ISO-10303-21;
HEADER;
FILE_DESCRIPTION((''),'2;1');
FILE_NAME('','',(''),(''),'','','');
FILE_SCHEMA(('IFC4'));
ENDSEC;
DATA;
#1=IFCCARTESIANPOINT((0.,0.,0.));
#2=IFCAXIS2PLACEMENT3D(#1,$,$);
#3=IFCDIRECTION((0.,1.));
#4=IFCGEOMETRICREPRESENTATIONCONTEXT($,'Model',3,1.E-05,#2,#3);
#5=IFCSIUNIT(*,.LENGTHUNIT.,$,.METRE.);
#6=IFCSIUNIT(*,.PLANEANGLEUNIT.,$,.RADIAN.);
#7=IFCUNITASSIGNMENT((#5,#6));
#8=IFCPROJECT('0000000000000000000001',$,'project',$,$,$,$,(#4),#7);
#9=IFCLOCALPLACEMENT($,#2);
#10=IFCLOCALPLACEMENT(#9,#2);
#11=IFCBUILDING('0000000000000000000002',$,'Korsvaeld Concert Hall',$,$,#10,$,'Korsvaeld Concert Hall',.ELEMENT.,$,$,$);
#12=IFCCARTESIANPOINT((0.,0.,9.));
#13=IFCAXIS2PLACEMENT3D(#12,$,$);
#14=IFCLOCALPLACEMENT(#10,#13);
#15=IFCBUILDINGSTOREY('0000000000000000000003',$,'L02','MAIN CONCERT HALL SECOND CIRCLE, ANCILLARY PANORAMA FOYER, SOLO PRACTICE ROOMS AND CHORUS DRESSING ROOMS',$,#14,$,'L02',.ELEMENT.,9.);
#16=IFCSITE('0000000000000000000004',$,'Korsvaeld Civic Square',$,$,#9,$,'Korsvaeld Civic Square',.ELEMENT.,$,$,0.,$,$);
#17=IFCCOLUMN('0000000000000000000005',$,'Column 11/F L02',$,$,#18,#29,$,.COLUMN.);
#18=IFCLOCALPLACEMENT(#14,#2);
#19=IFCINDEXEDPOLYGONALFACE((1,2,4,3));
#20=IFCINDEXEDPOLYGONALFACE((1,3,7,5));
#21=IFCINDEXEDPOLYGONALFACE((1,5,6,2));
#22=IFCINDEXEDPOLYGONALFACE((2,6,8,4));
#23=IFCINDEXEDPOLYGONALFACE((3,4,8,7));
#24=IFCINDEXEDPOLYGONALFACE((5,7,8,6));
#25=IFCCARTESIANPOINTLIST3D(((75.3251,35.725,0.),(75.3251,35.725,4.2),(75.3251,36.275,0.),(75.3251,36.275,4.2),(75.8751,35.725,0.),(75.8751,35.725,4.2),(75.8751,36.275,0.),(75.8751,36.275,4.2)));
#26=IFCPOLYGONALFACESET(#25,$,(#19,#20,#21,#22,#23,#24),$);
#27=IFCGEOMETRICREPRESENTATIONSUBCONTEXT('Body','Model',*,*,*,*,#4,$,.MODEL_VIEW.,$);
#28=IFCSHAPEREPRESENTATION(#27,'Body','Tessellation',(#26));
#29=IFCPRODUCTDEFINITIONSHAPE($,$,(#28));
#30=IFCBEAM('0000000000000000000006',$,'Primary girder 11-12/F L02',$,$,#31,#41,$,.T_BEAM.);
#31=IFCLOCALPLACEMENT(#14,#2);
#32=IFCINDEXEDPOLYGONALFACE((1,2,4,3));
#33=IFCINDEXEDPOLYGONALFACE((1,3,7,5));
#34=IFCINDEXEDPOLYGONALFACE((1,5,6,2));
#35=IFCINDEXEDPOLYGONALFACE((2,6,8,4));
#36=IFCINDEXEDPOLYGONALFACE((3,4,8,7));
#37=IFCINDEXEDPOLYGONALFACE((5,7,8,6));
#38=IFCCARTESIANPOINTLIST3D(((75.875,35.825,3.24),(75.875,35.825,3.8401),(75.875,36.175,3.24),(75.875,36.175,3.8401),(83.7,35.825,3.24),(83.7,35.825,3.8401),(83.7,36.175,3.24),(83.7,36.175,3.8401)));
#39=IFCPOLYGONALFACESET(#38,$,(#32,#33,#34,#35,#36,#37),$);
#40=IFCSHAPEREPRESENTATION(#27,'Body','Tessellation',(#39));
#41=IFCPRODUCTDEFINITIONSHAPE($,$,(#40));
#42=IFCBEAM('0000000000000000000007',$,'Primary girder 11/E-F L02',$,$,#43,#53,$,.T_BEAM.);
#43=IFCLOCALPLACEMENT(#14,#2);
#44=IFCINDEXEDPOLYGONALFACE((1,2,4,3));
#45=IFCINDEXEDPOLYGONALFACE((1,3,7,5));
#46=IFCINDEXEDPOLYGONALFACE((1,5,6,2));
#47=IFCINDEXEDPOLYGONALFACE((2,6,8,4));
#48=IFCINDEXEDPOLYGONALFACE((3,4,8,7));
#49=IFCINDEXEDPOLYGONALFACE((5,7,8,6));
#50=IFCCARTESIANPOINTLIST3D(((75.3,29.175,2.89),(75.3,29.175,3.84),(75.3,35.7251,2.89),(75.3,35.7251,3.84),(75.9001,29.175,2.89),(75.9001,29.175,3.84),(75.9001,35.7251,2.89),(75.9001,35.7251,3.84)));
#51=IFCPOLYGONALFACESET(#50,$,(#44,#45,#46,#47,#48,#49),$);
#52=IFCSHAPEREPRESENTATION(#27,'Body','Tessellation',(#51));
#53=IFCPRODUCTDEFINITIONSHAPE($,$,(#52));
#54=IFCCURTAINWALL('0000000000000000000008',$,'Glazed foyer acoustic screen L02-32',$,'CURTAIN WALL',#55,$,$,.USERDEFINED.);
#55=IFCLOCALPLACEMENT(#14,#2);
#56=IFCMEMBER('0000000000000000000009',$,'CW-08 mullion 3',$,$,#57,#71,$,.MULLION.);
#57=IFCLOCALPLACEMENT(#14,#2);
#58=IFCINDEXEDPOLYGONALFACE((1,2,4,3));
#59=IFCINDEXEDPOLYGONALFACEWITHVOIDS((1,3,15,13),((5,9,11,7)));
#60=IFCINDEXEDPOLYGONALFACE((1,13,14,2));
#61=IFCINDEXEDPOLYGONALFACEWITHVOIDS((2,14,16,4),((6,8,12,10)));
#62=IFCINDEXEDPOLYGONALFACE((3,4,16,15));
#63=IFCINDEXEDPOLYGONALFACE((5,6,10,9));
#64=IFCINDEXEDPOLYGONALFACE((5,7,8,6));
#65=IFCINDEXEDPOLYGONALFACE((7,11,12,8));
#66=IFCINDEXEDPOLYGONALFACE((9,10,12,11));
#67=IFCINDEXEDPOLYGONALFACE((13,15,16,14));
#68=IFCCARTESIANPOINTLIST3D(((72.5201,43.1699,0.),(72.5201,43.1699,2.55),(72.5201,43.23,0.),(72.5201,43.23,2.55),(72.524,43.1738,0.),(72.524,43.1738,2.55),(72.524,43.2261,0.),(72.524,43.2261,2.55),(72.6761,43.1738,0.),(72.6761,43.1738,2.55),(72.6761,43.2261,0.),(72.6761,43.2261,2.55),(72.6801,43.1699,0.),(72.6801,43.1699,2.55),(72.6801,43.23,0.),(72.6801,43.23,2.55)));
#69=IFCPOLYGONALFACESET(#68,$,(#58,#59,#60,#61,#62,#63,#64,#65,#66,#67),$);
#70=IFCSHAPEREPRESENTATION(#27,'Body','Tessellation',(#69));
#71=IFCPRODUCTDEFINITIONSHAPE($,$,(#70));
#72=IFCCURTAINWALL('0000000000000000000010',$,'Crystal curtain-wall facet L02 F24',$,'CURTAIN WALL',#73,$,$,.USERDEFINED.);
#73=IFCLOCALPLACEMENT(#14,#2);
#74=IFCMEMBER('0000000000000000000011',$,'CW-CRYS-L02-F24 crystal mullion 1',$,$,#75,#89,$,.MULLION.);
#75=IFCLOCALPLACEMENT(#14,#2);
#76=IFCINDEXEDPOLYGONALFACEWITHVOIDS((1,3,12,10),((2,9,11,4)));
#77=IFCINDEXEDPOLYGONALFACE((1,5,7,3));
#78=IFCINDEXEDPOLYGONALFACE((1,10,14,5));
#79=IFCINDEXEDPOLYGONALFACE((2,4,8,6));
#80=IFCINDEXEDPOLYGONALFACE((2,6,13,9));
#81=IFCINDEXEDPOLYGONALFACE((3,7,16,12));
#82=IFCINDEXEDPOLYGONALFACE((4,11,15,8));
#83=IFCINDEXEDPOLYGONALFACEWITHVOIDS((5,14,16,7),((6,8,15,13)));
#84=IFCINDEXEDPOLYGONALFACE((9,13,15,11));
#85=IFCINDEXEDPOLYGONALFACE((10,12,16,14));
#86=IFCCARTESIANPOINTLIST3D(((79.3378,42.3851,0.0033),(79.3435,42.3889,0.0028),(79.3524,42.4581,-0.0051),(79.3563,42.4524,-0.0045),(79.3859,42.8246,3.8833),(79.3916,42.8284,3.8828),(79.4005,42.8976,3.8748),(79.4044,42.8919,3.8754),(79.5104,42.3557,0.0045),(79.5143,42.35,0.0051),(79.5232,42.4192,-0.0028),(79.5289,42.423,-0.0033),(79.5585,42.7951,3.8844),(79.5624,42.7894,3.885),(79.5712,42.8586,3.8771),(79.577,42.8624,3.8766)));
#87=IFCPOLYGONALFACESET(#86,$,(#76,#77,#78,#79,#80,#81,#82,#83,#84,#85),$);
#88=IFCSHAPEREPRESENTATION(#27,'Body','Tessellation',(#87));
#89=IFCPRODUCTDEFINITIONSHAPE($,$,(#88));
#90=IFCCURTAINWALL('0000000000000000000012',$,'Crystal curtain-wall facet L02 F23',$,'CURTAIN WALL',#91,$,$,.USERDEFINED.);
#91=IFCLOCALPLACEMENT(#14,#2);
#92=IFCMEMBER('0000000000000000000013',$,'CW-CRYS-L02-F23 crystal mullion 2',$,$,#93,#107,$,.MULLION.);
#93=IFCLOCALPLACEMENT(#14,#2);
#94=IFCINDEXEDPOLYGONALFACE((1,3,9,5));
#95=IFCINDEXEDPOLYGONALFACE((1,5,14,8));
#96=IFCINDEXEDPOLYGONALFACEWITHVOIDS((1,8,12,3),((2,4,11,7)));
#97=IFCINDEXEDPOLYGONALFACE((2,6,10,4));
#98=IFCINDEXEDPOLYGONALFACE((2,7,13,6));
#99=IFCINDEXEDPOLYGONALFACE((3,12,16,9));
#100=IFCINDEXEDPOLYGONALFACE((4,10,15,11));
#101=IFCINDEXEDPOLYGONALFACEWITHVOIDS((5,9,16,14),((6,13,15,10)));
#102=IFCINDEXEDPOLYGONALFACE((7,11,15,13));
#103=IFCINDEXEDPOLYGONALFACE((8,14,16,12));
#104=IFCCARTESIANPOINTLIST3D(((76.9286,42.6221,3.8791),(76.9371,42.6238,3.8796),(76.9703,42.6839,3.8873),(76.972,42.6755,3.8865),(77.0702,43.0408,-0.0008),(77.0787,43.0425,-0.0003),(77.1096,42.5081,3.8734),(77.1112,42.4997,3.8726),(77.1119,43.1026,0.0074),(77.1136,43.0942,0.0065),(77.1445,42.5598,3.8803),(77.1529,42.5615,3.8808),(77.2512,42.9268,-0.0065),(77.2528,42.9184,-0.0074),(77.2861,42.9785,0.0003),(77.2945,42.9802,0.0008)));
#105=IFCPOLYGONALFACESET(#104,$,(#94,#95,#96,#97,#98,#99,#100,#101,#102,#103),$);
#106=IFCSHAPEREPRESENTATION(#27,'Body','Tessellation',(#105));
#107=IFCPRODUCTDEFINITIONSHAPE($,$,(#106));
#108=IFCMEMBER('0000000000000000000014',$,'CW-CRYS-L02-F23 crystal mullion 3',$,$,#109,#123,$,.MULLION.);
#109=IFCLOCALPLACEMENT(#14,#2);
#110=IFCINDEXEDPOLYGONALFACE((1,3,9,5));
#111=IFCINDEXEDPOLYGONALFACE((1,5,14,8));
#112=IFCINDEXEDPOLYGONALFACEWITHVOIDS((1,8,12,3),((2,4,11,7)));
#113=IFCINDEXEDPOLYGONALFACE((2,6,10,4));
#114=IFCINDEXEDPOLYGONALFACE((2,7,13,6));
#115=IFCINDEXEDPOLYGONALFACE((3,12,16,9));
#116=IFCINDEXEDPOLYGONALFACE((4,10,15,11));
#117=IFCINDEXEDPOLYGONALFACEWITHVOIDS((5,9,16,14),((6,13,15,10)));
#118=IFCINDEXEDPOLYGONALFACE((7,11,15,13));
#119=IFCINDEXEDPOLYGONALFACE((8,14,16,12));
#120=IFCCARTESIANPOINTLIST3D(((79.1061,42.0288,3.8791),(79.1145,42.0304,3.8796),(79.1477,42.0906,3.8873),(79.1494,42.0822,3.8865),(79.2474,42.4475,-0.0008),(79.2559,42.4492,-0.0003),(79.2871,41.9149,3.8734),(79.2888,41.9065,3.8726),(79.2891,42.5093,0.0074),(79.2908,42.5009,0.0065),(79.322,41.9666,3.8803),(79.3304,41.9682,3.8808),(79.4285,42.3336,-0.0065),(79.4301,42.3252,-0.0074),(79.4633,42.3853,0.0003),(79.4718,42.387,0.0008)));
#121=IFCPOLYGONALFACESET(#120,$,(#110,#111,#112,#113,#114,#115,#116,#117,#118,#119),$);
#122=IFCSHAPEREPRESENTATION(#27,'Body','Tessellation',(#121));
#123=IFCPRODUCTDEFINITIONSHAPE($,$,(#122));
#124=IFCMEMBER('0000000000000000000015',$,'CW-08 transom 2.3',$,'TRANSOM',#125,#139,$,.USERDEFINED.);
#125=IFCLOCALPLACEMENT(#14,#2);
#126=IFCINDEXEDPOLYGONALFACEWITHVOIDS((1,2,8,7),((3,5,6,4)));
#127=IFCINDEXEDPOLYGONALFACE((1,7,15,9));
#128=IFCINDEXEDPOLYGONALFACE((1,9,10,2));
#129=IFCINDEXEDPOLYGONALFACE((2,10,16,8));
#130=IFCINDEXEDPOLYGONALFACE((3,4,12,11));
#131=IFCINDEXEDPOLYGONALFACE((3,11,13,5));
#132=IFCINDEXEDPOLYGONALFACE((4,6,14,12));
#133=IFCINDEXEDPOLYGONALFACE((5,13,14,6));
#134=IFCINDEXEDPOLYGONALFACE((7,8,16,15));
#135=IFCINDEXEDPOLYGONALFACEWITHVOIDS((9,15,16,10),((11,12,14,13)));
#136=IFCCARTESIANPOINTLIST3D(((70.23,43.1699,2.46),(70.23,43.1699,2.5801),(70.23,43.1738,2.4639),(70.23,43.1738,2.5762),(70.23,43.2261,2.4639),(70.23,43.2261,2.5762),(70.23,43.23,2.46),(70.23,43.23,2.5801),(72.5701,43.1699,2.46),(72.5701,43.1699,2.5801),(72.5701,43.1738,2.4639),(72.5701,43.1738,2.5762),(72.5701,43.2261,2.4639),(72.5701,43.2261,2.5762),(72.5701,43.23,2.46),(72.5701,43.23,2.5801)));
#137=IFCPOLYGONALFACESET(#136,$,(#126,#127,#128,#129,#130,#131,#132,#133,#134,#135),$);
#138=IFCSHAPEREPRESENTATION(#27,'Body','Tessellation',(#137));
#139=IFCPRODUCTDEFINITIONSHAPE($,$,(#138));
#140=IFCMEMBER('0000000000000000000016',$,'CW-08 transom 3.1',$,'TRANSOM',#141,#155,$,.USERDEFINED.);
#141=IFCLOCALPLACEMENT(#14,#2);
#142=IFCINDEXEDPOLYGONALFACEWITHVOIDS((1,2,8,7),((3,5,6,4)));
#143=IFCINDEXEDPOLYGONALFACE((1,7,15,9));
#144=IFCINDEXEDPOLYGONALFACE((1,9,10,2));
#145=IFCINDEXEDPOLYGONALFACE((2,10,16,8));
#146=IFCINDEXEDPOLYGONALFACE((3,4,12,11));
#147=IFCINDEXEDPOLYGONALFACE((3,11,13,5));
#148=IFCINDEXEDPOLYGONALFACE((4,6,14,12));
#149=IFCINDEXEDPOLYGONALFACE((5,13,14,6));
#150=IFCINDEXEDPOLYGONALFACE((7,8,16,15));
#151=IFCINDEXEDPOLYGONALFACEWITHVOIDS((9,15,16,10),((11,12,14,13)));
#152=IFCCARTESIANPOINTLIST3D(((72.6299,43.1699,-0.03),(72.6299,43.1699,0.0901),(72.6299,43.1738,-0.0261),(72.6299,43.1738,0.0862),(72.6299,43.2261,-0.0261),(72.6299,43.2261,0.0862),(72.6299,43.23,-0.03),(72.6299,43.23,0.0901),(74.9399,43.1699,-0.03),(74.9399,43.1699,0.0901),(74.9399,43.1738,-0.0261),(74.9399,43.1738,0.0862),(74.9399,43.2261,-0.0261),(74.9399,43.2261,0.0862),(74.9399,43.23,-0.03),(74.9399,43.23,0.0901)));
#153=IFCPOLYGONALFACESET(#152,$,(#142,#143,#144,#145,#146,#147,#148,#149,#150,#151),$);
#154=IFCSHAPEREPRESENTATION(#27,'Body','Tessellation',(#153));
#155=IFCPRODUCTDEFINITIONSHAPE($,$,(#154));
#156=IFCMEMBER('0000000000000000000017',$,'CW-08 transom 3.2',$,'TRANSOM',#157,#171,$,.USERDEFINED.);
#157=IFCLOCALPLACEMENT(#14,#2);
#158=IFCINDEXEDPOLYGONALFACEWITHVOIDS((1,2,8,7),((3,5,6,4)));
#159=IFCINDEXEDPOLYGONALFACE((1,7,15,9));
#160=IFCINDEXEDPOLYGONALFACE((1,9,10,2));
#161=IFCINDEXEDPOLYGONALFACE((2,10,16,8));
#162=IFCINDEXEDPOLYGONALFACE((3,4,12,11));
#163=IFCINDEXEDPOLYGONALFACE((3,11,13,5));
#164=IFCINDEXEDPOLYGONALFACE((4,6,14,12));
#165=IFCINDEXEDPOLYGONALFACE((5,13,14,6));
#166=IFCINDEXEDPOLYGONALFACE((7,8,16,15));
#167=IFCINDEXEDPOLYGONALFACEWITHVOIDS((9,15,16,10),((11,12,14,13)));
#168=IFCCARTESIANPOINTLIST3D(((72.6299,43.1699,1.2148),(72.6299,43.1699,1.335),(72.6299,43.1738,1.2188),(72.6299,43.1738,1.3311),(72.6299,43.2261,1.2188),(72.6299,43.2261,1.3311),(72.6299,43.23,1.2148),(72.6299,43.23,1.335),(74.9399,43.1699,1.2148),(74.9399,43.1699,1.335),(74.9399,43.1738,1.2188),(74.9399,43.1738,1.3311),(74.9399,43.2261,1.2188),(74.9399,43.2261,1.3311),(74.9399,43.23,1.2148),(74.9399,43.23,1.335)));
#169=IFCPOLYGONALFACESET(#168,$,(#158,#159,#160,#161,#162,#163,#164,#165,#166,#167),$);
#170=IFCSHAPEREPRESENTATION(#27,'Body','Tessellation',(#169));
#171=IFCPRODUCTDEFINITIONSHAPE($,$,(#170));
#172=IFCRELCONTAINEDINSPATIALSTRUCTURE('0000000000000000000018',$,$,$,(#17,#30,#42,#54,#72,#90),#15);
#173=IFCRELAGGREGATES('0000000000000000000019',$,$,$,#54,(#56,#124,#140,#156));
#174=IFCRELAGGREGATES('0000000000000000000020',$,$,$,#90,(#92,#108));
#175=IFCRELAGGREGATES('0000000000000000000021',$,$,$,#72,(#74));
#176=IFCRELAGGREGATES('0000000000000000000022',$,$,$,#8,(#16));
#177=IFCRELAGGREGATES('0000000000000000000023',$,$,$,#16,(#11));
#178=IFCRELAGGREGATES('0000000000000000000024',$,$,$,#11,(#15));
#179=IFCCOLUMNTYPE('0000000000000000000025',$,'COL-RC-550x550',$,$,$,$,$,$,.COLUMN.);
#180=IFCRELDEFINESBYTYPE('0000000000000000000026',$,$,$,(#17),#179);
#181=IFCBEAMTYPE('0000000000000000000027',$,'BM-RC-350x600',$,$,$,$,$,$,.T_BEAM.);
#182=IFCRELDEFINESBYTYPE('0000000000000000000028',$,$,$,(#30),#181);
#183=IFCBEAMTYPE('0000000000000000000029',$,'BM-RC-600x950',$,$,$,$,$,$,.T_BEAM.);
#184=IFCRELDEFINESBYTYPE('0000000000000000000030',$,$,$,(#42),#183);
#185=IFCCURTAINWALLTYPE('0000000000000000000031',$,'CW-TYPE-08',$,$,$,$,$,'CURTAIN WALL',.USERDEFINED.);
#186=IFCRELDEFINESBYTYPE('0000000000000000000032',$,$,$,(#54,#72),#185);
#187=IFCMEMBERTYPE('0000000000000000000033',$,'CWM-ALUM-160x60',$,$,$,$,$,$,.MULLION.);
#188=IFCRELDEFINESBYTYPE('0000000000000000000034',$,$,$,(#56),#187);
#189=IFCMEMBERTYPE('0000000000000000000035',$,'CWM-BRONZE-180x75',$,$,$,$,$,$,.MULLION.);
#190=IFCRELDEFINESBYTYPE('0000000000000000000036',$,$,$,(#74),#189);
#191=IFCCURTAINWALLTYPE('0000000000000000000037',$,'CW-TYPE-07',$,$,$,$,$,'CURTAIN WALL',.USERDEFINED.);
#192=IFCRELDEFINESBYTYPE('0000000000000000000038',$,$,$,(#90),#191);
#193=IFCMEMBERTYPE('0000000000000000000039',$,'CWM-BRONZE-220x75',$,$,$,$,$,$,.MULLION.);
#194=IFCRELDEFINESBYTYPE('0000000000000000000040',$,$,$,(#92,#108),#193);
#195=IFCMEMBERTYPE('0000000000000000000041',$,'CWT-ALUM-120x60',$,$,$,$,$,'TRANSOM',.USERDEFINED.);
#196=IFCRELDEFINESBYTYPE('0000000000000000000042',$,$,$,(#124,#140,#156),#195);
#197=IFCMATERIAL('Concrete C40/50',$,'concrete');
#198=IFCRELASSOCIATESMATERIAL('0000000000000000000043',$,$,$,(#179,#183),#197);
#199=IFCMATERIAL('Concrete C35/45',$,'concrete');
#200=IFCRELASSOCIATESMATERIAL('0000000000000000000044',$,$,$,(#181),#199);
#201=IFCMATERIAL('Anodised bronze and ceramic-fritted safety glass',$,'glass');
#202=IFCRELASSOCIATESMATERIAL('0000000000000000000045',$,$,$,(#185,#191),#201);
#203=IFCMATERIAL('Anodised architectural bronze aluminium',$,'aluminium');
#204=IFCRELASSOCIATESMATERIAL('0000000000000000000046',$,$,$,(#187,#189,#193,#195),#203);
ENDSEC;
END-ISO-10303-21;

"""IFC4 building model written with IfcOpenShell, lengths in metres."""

from ifc_helpers import new_model, si_unit, direction, frame, origin, origin_2d, place, context, subcontext, project, spatial, rectangle, hollow_rectangle, extrude, material, material_profile, profile_set, type_object, element, aggregate, save


model = new_model("IFC4")

# Units and contexts
model_context = context("Model", 3, precision=1e-05, world=origin(), true_north=direction((0.0, 1.0)))
body_context = subcontext(model_context, "Body", "Model", "MODEL_VIEW")
ifc_project = project(units=[si_unit("LENGTHUNIT", "METRE"), si_unit("PLANEANGLEUNIT", "RADIAN")], contexts=[model_context])

# Site, building, storey
site_placement = place(None, origin())
site = spatial("IfcSite", under=ifc_project, at=site_placement, Name="Korsvaeld Civic Square", LongName="Korsvaeld Civic Square", CompositionType="ELEMENT", RefElevation=0.0)
building_placement = place(site_placement, origin())
building = spatial("IfcBuilding", under=site, at=building_placement, Name="Korsvaeld Concert Hall", LongName="Korsvaeld Concert Hall", CompositionType="ELEMENT")
storey_placement = place(building_placement, frame((0.0, 0.0, 9.0)))
storey = spatial("IfcBuildingStorey", under=building, at=storey_placement, Name="L02", Description="MAIN CONCERT HALL SECOND CIRCLE, ANCILLARY PANORAMA FOYER, SOLO PRACTICE ROOMS AND CHORUS DRESSING ROOMS", LongName="L02", CompositionType="ELEMENT", Elevation=9.0)

# Column
ifc_material_1 = material(Name="Concrete C40/50", Category="concrete")
ifc_material_profile_1 = material_profile(ifc_material_1, rectangle(XDim=0.55, YDim=0.55, at=origin_2d()), Name="RC 550x550")
ifc_profile_set_1 = profile_set([ifc_material_profile_1], Name="Concrete C40/50")
column_type = type_object("IfcColumnType", Name="COL-RC-550x550", PredefinedType="COLUMN", material=ifc_profile_set_1)
column_placement = place(storey_placement, frame((75.6001, 36.0, 0.0), z_axis=(0.0, 0.0, 1.0), x_axis=(1.0, 0.0, 0.0)))
element("IfcColumn", 1, at=column_placement, inside=storey, type_object=column_type, Name="Column 11/F L02", PredefinedType="COLUMN", context=body_context, shape_type="SweptSolid", body=[
    extrude(rectangle(XDim=0.55, YDim=0.55, at=origin_2d()), origin(), (0.0, 0.0, 1.0), 4.2),
])

# Beams
ifc_material_2 = material(Name="Concrete C35/45", Category="concrete")
ifc_material_profile_2 = material_profile(ifc_material_2, rectangle(XDim=0.3501, YDim=0.6001, at=origin_2d()), Name="RC 350x600")
ifc_profile_set_2 = profile_set([ifc_material_profile_2], Name="Concrete C35/45")
beam_type_1 = type_object("IfcBeamType", Name="BM-RC-350x600", PredefinedType="T_BEAM", material=ifc_profile_set_2)
beam_1_placement = place(storey_placement, frame((75.875, 36.0, 3.54), z_axis=(1.0, 0.0, 0.0), x_axis=(0.0, 1.0, 0.0)))
element("IfcBeam", 2, at=beam_1_placement, inside=storey, type_object=beam_type_1, Name="Primary girder 11-12/F L02", PredefinedType="T_BEAM", context=body_context, shape_type="SweptSolid", body=[
    extrude(rectangle(XDim=0.3501, YDim=0.6001, at=origin_2d()), origin(), (0.0, 0.0, 1.0), 7.825),
])
ifc_material_profile_3 = material_profile(ifc_material_1, rectangle(XDim=0.6001, YDim=0.95, at=origin_2d()), Name="RC 600x950")
ifc_profile_set_3 = profile_set([ifc_material_profile_3], Name="Concrete C40/50")
beam_type_2 = type_object("IfcBeamType", Name="BM-RC-600x950", PredefinedType="T_BEAM", material=ifc_profile_set_3)
beam_2_placement = place(storey_placement, frame((75.6001, 29.175, 3.365), z_axis=(0.0, 1.0, 0.0), x_axis=(-1.0, 0.0, 0.0)))
element("IfcBeam", 3, at=beam_2_placement, inside=storey, type_object=beam_type_2, Name="Primary girder 11/E-F L02", PredefinedType="T_BEAM", context=body_context, shape_type="SweptSolid", body=[
    extrude(rectangle(XDim=0.6001, YDim=0.95, at=origin_2d()), origin(), (0.0, 0.0, 1.0), 6.55),
])

# Curtain walls, members
ifc_material_3 = material(Name="Anodised bronze and ceramic-fritted safety glass", Category="glass")
curtain_wall_type_1 = type_object("IfcCurtainWallType", Name="CW-TYPE-08", ElementType="CURTAIN WALL", PredefinedType="USERDEFINED", material=ifc_material_3)
curtain_wall_1_placement = place(storey_placement, origin())
curtain_wall_1 = element("IfcCurtainWall", 4, at=curtain_wall_1_placement, inside=storey, type_object=curtain_wall_type_1, Name="Glazed foyer acoustic screen L02-32", ObjectType="CURTAIN WALL", PredefinedType="USERDEFINED")
ifc_material_4 = material(Name="Anodised architectural bronze aluminium", Category="aluminium")
ifc_material_profile_4 = material_profile(ifc_material_4, hollow_rectangle(XDim=0.0601, YDim=0.1599, WallThickness=0.0039, at=origin_2d()), Name="CWM 160x60x4")
ifc_profile_set_4 = profile_set([ifc_material_profile_4], Name="Anodised architectural bronze aluminium")
member_type_1 = type_object("IfcMemberType", Name="CWM-ALUM-160x60", PredefinedType="MULLION", material=ifc_profile_set_4)
member_1_placement = place(storey_placement, frame((72.6001, 43.2, 0.0), z_axis=(0.0, 0.0, 1.0), x_axis=(0.0, 1.0, 0.0)))
member_1 = element("IfcMember", 5, at=member_1_placement, type_object=member_type_1, Name="CW-08 mullion 3", PredefinedType="MULLION", context=body_context, shape_type="SweptSolid", body=[
    extrude(hollow_rectangle(XDim=0.0601, YDim=0.1599, WallThickness=0.0039, at=origin_2d()), origin(), (0.0, 0.0, 1.0), 2.55),
])
curtain_wall_2_placement = place(storey_placement, origin())
curtain_wall_2 = element("IfcCurtainWall", 6, at=curtain_wall_2_placement, inside=storey, type_object=curtain_wall_type_1, Name="Crystal curtain-wall facet L02 F24", ObjectType="CURTAIN WALL", PredefinedType="USERDEFINED")
ifc_material_profile_5 = material_profile(ifc_material_4, hollow_rectangle(XDim=0.075, YDim=0.1799, WallThickness=0.0049, at=origin_2d()), Name="CWM 180x75x5")
ifc_profile_set_5 = profile_set([ifc_material_profile_5], Name="Anodised architectural bronze aluminium")
member_type_2 = type_object("IfcMemberType", Name="CWM-BRONZE-180x75", PredefinedType="MULLION", material=ifc_profile_set_5)
member_2_placement = place(storey_placement, frame((79.4333, 42.4041, 0.0), z_axis=(0.012316, 0.112536, 0.993571), x_axis=(-0.195293, -0.97424, 0.112768)))
member_2 = element("IfcMember", 7, at=member_2_placement, type_object=member_type_2, Name="CW-CRYS-L02-F24 crystal mullion 1", PredefinedType="MULLION", context=body_context, shape_type="SweptSolid", body=[
    extrude(hollow_rectangle(XDim=0.075, YDim=0.1799, WallThickness=0.0049, at=origin_2d()), origin(), (0.0, 0.0, 1.0), 3.905),
])

# Curtain wall, members
curtain_wall_type_2 = type_object("IfcCurtainWallType", Name="CW-TYPE-07", ElementType="CURTAIN WALL", PredefinedType="USERDEFINED", material=ifc_material_3)
curtain_wall_3_placement = place(storey_placement, origin())
curtain_wall_3 = element("IfcCurtainWall", 8, at=curtain_wall_3_placement, inside=storey, type_object=curtain_wall_type_2, Name="Crystal curtain-wall facet L02 F23", ObjectType="CURTAIN WALL", PredefinedType="USERDEFINED")
ifc_material_profile_6 = material_profile(ifc_material_4, hollow_rectangle(XDim=0.075, YDim=0.22, WallThickness=0.0061, at=origin_2d()), Name="CWM 220x75x6")
ifc_profile_set_6 = profile_set([ifc_material_profile_6], Name="Anodised architectural bronze aluminium")
member_type_3 = type_object("IfcMemberType", Name="CWM-BRONZE-220x75", PredefinedType="MULLION", material=ifc_profile_set_6)
member_3_placement = place(storey_placement, frame((77.1824, 43.0105, 0.0), z_axis=(-0.036262, -0.107222, 0.993574), x_axis=(0.556164, 0.823866, 0.109206)))
member_3 = element("IfcMember", 9, at=member_3_placement, type_object=member_type_3, Name="CW-CRYS-L02-F23 crystal mullion 2", PredefinedType="MULLION", context=body_context, shape_type="SweptSolid", body=[
    extrude(hollow_rectangle(XDim=0.075, YDim=0.22, WallThickness=0.0061, at=origin_2d()), origin(), (0.0, 0.0, 1.0), 3.905),
])
member_4_placement = place(storey_placement, frame((79.3596, 42.4172, 0.0), z_axis=(-0.036199, -0.107223, 0.993576), x_axis=(0.555734, 0.824159, 0.109187)))
member_4 = element("IfcMember", 10, at=member_4_placement, type_object=member_type_3, Name="CW-CRYS-L02-F23 crystal mullion 3", PredefinedType="MULLION", context=body_context, shape_type="SweptSolid", body=[
    extrude(hollow_rectangle(XDim=0.075, YDim=0.22, WallThickness=0.0061, at=origin_2d()), origin(), (0.0, 0.0, 1.0), 3.905),
])

# Members
ifc_material_profile_7 = material_profile(ifc_material_4, hollow_rectangle(XDim=0.0601, YDim=0.1201, WallThickness=0.0039, at=origin_2d()), Name="CWT 120x60x4")
ifc_profile_set_7 = profile_set([ifc_material_profile_7], Name="Anodised architectural bronze aluminium")
member_type_4 = type_object("IfcMemberType", Name="CWT-ALUM-120x60", ElementType="TRANSOM", PredefinedType="USERDEFINED", material=ifc_profile_set_7)
member_5_placement = place(storey_placement, frame((70.23, 43.2, 2.52), z_axis=(1.0, 0.0, 0.0), x_axis=(0.0, 1.0, 0.0)))
member_5 = element("IfcMember", 11, at=member_5_placement, type_object=member_type_4, Name="CW-08 transom 2.3", ObjectType="TRANSOM", PredefinedType="USERDEFINED", context=body_context, shape_type="SweptSolid", body=[
    extrude(hollow_rectangle(XDim=0.0601, YDim=0.1201, WallThickness=0.0039, at=origin_2d()), origin(), (0.0, 0.0, 1.0), 2.3401),
])
member_6_placement = place(storey_placement, frame((72.6299, 43.2, 0.03), z_axis=(1.0, 0.0, 0.0), x_axis=(0.0, 1.0, 0.0)))
member_6 = element("IfcMember", 12, at=member_6_placement, type_object=member_type_4, Name="CW-08 transom 3.1", ObjectType="TRANSOM", PredefinedType="USERDEFINED", context=body_context, shape_type="SweptSolid", body=[
    extrude(hollow_rectangle(XDim=0.0601, YDim=0.1201, WallThickness=0.0039, at=origin_2d()), origin(), (0.0, 0.0, 1.0), 2.3101),
])
member_7_placement = place(storey_placement, frame((72.6299, 43.2, 1.2749), z_axis=(1.0, 0.0, 0.0), x_axis=(0.0, 1.0, 0.0)))
member_7 = element("IfcMember", 13, at=member_7_placement, type_object=member_type_4, Name="CW-08 transom 3.2", ObjectType="TRANSOM", PredefinedType="USERDEFINED", context=body_context, shape_type="SweptSolid", body=[
    extrude(hollow_rectangle(XDim=0.0601, YDim=0.1201, WallThickness=0.0039, at=origin_2d()), origin(), (0.0, 0.0, 1.0), 2.3101),
])

aggregate(curtain_wall_1, [member_1, member_5, member_6, member_7])
aggregate(curtain_wall_3, [member_3, member_4])
aggregate(curtain_wall_2, [member_2])

save(model, "model.ifc")
